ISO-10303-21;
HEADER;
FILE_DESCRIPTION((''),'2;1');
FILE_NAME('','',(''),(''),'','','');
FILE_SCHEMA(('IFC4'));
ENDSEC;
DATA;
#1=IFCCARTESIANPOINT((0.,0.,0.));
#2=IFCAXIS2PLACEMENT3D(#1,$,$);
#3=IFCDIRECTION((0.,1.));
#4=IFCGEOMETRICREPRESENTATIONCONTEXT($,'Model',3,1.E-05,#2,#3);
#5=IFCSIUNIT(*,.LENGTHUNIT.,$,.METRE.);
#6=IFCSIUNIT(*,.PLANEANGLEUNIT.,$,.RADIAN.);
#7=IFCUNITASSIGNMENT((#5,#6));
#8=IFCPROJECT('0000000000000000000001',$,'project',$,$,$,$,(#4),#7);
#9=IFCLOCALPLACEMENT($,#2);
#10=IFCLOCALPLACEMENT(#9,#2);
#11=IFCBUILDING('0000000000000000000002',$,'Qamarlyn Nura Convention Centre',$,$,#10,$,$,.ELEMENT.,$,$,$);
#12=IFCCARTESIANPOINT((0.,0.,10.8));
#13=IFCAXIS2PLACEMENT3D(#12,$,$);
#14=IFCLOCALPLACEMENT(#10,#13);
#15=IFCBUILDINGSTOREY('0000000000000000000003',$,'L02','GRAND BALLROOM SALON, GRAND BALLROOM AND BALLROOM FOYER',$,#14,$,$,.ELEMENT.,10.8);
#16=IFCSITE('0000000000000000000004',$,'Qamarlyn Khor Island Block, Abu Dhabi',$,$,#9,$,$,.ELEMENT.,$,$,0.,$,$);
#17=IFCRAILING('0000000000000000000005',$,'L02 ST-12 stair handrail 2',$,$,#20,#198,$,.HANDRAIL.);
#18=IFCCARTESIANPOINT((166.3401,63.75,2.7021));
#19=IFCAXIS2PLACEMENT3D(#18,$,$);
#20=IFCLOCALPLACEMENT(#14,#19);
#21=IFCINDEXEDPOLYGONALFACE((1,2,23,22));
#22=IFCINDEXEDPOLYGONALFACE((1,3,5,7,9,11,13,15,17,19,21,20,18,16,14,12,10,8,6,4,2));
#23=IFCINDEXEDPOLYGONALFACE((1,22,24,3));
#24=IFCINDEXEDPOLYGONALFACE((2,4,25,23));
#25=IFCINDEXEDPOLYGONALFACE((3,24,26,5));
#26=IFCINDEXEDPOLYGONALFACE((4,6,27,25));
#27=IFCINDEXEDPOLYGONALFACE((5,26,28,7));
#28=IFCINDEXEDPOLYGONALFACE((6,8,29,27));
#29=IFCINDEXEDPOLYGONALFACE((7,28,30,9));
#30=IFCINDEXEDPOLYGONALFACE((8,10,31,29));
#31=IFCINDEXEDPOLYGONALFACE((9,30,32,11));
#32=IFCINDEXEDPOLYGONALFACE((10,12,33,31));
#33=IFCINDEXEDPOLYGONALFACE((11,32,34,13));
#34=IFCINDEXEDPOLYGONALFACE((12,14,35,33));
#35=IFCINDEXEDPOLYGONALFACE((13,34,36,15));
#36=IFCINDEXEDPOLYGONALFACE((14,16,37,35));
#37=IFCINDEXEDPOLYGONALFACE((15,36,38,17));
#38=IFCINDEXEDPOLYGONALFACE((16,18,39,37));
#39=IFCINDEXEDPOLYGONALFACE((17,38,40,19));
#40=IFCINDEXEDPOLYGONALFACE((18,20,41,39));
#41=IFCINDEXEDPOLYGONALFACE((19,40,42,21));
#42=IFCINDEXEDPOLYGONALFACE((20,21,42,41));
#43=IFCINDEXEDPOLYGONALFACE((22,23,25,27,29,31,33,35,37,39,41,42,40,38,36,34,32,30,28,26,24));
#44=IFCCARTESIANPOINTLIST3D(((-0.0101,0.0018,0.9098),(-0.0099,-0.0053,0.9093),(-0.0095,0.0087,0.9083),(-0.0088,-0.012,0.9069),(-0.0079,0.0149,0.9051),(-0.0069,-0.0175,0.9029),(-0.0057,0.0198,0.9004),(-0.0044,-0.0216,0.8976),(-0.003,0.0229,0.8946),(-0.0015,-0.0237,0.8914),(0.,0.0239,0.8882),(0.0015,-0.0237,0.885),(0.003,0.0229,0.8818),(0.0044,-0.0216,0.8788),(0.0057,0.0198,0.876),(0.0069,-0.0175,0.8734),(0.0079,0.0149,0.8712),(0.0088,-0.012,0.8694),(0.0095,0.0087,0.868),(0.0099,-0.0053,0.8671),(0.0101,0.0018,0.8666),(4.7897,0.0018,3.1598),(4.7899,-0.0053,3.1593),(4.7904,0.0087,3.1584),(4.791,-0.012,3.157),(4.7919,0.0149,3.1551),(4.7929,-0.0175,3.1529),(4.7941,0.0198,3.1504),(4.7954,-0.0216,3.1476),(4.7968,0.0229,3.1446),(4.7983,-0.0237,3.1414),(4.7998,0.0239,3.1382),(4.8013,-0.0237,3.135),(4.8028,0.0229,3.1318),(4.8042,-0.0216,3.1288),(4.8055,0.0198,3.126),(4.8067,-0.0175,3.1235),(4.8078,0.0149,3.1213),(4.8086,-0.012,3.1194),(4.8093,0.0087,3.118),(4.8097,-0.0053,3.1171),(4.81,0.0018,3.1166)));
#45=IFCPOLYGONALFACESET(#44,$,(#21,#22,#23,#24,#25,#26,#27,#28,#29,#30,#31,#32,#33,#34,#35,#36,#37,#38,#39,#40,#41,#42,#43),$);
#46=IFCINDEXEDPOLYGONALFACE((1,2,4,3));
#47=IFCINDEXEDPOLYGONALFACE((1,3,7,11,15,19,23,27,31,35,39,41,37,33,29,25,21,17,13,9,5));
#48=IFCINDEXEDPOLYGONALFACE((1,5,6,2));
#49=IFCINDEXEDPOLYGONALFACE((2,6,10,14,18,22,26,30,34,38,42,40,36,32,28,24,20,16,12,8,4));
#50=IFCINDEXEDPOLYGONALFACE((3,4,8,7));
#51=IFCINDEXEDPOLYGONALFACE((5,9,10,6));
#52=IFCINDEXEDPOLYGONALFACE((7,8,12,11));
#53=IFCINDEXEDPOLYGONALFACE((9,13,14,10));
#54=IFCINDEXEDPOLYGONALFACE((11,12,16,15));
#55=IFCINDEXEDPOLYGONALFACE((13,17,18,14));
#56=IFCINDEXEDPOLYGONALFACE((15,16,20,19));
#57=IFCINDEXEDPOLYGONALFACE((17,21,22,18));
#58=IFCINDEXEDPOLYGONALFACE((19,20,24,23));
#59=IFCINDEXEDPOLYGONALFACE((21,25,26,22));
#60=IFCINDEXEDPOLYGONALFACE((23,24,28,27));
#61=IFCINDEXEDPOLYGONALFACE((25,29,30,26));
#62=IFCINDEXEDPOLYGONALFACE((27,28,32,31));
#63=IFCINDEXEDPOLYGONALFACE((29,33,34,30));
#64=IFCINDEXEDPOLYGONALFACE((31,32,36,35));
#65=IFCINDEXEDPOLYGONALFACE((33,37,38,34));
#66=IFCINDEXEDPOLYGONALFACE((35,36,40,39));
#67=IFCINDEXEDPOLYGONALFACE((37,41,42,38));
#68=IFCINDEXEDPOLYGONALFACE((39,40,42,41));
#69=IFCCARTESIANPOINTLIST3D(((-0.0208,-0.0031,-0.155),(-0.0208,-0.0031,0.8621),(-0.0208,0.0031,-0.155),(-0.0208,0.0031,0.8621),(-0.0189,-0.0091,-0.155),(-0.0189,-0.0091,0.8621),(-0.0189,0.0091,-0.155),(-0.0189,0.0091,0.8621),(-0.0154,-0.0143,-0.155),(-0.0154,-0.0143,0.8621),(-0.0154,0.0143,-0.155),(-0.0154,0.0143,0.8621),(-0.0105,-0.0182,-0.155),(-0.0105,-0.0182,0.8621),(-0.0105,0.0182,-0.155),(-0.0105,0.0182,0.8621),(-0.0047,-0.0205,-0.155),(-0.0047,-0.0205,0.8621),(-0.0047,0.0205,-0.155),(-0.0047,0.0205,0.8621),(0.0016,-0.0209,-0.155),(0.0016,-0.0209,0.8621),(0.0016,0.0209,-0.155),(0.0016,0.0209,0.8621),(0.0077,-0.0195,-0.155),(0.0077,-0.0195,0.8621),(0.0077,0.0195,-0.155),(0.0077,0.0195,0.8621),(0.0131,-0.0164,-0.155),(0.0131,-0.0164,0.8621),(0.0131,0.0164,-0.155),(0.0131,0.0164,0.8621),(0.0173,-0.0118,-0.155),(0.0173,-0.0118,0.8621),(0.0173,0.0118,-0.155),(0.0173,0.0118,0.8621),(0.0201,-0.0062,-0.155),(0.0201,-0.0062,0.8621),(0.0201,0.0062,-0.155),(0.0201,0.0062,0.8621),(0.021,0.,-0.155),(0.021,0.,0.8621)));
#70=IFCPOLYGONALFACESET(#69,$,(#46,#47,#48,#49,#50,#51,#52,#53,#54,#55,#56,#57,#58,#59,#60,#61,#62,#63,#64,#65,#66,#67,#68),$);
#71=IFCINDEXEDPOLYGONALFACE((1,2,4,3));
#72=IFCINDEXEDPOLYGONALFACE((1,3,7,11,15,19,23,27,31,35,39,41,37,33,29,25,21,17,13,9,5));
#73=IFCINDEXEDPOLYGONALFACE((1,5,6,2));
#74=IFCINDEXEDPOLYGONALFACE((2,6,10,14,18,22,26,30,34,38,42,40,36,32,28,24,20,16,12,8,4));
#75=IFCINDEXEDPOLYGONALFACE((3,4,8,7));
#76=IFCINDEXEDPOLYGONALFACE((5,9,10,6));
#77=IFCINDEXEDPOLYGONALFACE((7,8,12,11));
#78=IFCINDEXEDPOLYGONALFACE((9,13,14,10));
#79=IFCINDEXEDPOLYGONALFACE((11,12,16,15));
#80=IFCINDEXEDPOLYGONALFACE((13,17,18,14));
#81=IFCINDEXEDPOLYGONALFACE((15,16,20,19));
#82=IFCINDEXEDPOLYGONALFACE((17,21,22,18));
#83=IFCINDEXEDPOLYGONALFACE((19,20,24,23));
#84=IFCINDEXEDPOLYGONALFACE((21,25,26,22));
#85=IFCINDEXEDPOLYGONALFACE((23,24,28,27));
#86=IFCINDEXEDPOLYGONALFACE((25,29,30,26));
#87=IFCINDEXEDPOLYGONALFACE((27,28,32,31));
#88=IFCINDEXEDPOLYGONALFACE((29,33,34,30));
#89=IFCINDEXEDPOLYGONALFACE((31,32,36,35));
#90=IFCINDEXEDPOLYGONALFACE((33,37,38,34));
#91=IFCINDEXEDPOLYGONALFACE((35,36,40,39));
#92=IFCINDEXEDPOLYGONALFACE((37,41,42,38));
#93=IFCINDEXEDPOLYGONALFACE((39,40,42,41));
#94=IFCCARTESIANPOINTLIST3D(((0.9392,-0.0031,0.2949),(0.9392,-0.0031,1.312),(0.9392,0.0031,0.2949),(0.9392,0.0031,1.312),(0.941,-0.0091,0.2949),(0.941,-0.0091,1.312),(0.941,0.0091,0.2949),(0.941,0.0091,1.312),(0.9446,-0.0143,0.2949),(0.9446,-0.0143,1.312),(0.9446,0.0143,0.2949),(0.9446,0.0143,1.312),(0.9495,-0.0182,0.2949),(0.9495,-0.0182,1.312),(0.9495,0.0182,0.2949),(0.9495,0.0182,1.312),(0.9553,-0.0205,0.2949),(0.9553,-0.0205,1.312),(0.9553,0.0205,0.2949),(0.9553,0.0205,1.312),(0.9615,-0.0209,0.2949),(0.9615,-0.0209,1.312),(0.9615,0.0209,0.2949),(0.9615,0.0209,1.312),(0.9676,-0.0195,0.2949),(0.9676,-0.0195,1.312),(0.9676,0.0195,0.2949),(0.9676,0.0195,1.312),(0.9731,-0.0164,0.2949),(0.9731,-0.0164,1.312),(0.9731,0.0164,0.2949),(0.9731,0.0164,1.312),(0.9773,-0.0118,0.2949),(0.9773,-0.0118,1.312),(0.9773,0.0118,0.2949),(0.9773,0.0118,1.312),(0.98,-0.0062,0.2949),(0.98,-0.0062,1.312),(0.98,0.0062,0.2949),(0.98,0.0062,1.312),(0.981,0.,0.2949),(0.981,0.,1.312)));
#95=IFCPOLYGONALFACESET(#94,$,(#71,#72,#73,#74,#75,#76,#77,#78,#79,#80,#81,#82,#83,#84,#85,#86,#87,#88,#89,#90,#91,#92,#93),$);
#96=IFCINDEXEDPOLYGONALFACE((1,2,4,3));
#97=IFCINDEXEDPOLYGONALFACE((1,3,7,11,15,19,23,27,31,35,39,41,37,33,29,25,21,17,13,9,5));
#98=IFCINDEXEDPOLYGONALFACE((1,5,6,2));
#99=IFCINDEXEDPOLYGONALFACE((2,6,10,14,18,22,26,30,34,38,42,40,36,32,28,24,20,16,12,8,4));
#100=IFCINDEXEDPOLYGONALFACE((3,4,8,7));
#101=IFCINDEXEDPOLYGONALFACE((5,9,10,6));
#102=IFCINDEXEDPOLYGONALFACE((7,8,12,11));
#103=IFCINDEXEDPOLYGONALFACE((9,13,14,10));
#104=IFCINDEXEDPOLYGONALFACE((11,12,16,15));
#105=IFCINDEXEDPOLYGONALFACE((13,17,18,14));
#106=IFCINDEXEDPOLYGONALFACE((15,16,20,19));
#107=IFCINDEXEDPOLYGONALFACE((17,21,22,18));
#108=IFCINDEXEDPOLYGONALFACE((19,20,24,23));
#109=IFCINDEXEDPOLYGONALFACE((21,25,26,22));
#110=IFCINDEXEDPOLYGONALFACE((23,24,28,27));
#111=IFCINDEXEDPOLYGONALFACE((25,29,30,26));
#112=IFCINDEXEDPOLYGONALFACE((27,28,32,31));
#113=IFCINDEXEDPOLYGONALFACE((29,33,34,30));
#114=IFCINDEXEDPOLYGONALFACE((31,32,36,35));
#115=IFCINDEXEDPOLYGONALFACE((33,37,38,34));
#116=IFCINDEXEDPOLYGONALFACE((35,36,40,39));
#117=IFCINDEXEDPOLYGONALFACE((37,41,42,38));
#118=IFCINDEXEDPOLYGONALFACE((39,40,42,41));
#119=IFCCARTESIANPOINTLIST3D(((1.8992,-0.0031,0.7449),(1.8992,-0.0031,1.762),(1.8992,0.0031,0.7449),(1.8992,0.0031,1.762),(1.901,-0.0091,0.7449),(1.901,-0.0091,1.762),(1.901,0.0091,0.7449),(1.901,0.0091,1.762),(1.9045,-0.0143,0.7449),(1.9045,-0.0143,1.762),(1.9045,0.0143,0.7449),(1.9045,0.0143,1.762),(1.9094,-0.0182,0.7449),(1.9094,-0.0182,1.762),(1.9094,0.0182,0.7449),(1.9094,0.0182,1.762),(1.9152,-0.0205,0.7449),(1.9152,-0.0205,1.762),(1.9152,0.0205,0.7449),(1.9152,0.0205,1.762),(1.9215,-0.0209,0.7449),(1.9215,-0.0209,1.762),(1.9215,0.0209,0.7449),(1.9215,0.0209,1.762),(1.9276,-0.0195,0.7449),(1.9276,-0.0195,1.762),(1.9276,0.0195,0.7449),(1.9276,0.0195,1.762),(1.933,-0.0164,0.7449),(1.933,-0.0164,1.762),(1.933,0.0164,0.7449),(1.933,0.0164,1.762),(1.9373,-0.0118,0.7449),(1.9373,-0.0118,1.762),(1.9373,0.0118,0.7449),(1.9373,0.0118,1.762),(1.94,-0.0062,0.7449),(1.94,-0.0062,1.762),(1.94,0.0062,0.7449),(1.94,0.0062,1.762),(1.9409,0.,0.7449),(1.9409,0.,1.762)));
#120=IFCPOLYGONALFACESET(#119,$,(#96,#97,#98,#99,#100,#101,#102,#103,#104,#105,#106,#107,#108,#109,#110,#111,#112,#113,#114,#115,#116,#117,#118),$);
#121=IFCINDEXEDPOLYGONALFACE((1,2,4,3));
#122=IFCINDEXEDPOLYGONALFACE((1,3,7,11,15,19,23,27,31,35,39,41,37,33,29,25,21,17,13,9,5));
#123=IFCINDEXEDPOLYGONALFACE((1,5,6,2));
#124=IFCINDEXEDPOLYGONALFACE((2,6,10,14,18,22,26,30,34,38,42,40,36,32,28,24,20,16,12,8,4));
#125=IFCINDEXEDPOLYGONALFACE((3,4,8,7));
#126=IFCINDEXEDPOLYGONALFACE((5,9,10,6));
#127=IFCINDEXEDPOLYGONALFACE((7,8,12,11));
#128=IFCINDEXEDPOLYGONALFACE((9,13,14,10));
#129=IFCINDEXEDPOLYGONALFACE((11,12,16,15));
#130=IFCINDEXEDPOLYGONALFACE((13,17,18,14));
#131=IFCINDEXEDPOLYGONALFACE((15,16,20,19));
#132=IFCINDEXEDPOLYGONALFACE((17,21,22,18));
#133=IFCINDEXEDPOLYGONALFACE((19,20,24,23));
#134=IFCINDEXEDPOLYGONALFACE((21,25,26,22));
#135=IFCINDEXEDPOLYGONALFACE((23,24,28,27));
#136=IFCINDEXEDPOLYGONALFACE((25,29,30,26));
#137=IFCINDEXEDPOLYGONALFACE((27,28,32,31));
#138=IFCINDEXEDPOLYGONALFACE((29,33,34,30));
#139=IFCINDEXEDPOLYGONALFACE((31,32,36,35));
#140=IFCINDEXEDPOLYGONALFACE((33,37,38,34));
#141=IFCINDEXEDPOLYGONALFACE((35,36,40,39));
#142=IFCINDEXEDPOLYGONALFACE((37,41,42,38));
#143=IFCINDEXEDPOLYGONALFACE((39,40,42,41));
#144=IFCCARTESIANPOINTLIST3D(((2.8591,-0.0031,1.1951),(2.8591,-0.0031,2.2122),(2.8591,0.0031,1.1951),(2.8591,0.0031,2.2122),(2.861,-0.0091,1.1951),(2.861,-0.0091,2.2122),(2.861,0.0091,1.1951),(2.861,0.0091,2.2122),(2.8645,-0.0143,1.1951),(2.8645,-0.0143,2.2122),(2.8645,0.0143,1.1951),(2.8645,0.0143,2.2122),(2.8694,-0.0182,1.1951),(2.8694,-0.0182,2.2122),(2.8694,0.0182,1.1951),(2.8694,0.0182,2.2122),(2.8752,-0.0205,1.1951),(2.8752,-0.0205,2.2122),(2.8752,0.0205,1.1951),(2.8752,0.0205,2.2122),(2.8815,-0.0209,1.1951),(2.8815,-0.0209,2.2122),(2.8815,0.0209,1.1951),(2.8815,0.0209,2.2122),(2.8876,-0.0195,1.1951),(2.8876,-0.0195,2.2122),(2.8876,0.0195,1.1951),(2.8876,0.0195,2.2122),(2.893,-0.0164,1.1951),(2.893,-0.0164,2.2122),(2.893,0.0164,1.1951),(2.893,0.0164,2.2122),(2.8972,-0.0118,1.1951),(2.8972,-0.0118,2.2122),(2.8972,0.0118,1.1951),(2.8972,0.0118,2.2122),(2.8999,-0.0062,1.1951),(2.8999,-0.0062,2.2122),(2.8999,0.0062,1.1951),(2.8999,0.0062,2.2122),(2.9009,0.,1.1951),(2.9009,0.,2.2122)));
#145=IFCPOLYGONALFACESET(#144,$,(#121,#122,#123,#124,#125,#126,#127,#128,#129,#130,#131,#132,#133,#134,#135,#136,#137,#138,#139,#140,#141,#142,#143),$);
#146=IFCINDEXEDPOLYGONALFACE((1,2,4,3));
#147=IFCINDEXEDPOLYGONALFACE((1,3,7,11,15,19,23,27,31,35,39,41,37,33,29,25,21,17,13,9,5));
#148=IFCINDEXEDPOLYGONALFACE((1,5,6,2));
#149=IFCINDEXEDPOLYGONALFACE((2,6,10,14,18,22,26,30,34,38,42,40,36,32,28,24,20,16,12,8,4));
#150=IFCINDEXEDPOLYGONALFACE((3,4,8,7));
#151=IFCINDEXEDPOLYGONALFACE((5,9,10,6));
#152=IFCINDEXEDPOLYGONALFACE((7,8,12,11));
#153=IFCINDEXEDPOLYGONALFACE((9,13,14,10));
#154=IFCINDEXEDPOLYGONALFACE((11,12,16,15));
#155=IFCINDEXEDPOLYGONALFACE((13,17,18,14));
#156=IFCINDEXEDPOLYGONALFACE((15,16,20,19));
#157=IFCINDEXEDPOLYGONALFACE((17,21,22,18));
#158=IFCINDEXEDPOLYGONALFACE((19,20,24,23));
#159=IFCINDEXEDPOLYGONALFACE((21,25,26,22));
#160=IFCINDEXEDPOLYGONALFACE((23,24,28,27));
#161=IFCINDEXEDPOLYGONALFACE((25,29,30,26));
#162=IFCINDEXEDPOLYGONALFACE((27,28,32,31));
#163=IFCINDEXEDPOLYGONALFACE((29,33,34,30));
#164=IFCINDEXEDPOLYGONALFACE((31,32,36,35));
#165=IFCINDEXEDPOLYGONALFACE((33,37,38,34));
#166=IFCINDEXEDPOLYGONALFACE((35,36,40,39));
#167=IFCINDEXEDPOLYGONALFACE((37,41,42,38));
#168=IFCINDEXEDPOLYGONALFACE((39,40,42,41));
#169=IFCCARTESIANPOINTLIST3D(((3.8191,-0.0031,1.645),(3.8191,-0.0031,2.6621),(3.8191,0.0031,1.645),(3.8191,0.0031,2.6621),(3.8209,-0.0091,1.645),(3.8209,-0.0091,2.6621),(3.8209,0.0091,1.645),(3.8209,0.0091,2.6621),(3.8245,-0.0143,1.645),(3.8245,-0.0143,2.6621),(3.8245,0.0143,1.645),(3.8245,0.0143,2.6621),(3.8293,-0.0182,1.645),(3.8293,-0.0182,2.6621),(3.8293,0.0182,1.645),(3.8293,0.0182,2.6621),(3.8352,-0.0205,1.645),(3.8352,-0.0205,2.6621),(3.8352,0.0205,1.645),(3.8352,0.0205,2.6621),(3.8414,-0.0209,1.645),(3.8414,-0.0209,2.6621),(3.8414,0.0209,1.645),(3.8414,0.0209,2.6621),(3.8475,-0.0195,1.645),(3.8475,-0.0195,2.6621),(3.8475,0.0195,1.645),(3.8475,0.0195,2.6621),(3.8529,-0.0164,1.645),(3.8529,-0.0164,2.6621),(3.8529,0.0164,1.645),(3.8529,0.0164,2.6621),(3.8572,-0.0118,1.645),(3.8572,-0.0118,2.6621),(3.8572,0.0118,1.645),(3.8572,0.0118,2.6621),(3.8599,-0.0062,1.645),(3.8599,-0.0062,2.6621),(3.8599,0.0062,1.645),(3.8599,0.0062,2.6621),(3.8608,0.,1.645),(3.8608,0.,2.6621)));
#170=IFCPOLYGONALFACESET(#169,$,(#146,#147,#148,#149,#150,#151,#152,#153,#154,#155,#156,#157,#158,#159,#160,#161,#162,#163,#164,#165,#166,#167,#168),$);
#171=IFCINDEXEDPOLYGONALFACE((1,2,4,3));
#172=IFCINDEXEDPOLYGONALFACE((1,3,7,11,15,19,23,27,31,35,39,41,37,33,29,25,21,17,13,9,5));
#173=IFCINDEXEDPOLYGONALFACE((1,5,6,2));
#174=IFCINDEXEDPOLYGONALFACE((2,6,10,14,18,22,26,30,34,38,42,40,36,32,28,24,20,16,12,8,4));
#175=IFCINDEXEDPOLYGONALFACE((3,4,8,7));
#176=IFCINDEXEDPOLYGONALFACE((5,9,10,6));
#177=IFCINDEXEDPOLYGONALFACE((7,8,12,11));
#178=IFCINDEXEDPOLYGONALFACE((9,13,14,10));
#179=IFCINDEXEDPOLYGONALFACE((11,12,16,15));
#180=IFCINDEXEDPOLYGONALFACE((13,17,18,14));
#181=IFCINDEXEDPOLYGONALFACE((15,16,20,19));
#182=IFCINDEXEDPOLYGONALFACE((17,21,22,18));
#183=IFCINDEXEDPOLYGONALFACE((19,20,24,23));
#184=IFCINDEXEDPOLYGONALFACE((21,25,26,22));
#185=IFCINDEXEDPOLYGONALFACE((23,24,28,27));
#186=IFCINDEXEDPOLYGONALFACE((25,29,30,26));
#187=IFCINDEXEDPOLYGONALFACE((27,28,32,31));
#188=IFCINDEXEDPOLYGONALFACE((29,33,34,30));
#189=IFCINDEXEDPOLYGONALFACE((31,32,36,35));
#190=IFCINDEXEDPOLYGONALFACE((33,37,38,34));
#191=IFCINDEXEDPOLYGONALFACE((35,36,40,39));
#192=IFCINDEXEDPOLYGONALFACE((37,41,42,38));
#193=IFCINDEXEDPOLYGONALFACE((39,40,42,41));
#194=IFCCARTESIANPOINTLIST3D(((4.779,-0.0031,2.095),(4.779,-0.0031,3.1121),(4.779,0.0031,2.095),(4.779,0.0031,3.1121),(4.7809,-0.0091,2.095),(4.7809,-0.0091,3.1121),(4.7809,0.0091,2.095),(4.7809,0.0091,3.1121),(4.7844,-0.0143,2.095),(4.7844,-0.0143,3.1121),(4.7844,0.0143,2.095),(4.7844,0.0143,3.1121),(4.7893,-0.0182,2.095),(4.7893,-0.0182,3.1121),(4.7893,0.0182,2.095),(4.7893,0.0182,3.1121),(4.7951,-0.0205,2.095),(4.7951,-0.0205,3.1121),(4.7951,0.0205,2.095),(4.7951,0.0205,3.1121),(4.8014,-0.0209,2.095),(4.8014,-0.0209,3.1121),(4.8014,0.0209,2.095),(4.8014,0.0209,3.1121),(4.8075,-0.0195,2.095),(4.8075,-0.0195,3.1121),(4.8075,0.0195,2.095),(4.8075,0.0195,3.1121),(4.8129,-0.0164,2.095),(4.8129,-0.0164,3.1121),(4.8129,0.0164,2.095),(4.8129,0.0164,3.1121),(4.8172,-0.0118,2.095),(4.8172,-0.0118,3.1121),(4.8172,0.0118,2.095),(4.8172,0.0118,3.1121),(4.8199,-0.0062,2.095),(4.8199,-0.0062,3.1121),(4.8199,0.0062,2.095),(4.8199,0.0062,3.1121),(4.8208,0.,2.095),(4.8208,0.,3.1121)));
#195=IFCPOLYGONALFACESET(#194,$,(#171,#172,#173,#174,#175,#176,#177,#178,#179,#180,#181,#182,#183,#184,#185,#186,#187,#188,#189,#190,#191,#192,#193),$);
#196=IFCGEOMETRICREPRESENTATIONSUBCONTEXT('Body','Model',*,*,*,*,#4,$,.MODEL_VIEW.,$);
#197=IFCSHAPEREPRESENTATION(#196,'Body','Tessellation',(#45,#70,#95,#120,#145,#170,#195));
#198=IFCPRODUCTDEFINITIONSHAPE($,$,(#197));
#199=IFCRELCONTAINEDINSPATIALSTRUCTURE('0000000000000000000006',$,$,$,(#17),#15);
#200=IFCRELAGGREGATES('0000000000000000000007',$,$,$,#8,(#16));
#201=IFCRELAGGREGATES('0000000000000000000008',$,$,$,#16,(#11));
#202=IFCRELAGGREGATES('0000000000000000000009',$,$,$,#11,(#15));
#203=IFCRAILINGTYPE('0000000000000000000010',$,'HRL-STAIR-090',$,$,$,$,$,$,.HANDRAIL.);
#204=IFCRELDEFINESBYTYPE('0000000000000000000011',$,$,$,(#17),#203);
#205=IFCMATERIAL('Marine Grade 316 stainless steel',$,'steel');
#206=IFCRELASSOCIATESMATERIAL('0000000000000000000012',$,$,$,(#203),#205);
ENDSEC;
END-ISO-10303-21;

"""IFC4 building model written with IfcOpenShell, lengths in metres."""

from ifc_helpers import new_model, si_unit, direction, frame, origin, origin_2d, place, context, subcontext, project, spatial, circle, extrude, material, type_object, element, save


model = new_model("IFC4")

# Units and contexts
model_context = context("Model", 3, precision=1e-05, world=origin(), true_north=direction((0.0, 1.0)))
body_context = subcontext(model_context, "Body", "Model", "MODEL_VIEW")
ifc_project = project(units=[si_unit("LENGTHUNIT", "METRE"), si_unit("PLANEANGLEUNIT", "RADIAN")], contexts=[model_context])

# Site, building, storey
site_placement = place(None, origin())
site = spatial("IfcSite", under=ifc_project, at=site_placement, Name="Qamarlyn Khor Island Block, Abu Dhabi", CompositionType="ELEMENT", RefElevation=0.0)
building_placement = place(site_placement, origin())
building = spatial("IfcBuilding", under=site, at=building_placement, Name="Qamarlyn Nura Convention Centre", CompositionType="ELEMENT")
storey_placement = place(building_placement, frame((0.0, 0.0, 10.8)))
storey = spatial("IfcBuildingStorey", under=building, at=storey_placement, Name="L02", Description="GRAND BALLROOM SALON, GRAND BALLROOM AND BALLROOM FOYER", CompositionType="ELEMENT", Elevation=10.8)

# Railing
ifc_material_1 = material(Name="Marine Grade 316 stainless steel", Category="steel")
railing_type_1 = type_object("IfcRailingType", Name="HRL-STAIR-090", PredefinedType="HANDRAIL", material=ifc_material_1)
railing_1_placement = place(storey_placement, frame((166.3401, 63.75, 2.7021)))
element("IfcRailing", 1, at=railing_1_placement, inside=storey, type_object=railing_type_1, Name="L02 ST-12 stair handrail 2", PredefinedType="HANDRAIL", context=body_context, shape_type="SweptSolid", body=[
    extrude(circle(Radius=0.0239, at=origin_2d()), frame((0.0, 0.0, 0.8882), z_axis=(0.905452, 0.0, 0.424448), x_axis=(0.0, 1.0, 0.0)), (0.0, 0.0, 1.0), 5.301),
    extrude(circle(Radius=0.021, at=origin_2d()), frame((0.0, 0.0, -0.155)), (0.0, 0.0, 1.0), 1.0171),
    extrude(circle(Radius=0.021, at=origin_2d()), frame((0.96, 0.0, 0.2949)), (0.0, 0.0, 1.0), 1.0171),
    extrude(circle(Radius=0.021, at=origin_2d()), frame((1.9199, 0.0, 0.7449)), (0.0, 0.0, 1.0), 1.0171),
    extrude(circle(Radius=0.021, at=origin_2d()), frame((2.8799, 0.0, 1.1951)), (0.0, 0.0, 1.0), 1.0171),
    extrude(circle(Radius=0.021, at=origin_2d()), frame((3.8398, 0.0, 1.645)), (0.0, 0.0, 1.0), 1.0171),
    extrude(circle(Radius=0.021, at=origin_2d()), frame((4.7998, 0.0, 2.095)), (0.0, 0.0, 1.0), 1.0171),
])

save(model, "model.ifc")
